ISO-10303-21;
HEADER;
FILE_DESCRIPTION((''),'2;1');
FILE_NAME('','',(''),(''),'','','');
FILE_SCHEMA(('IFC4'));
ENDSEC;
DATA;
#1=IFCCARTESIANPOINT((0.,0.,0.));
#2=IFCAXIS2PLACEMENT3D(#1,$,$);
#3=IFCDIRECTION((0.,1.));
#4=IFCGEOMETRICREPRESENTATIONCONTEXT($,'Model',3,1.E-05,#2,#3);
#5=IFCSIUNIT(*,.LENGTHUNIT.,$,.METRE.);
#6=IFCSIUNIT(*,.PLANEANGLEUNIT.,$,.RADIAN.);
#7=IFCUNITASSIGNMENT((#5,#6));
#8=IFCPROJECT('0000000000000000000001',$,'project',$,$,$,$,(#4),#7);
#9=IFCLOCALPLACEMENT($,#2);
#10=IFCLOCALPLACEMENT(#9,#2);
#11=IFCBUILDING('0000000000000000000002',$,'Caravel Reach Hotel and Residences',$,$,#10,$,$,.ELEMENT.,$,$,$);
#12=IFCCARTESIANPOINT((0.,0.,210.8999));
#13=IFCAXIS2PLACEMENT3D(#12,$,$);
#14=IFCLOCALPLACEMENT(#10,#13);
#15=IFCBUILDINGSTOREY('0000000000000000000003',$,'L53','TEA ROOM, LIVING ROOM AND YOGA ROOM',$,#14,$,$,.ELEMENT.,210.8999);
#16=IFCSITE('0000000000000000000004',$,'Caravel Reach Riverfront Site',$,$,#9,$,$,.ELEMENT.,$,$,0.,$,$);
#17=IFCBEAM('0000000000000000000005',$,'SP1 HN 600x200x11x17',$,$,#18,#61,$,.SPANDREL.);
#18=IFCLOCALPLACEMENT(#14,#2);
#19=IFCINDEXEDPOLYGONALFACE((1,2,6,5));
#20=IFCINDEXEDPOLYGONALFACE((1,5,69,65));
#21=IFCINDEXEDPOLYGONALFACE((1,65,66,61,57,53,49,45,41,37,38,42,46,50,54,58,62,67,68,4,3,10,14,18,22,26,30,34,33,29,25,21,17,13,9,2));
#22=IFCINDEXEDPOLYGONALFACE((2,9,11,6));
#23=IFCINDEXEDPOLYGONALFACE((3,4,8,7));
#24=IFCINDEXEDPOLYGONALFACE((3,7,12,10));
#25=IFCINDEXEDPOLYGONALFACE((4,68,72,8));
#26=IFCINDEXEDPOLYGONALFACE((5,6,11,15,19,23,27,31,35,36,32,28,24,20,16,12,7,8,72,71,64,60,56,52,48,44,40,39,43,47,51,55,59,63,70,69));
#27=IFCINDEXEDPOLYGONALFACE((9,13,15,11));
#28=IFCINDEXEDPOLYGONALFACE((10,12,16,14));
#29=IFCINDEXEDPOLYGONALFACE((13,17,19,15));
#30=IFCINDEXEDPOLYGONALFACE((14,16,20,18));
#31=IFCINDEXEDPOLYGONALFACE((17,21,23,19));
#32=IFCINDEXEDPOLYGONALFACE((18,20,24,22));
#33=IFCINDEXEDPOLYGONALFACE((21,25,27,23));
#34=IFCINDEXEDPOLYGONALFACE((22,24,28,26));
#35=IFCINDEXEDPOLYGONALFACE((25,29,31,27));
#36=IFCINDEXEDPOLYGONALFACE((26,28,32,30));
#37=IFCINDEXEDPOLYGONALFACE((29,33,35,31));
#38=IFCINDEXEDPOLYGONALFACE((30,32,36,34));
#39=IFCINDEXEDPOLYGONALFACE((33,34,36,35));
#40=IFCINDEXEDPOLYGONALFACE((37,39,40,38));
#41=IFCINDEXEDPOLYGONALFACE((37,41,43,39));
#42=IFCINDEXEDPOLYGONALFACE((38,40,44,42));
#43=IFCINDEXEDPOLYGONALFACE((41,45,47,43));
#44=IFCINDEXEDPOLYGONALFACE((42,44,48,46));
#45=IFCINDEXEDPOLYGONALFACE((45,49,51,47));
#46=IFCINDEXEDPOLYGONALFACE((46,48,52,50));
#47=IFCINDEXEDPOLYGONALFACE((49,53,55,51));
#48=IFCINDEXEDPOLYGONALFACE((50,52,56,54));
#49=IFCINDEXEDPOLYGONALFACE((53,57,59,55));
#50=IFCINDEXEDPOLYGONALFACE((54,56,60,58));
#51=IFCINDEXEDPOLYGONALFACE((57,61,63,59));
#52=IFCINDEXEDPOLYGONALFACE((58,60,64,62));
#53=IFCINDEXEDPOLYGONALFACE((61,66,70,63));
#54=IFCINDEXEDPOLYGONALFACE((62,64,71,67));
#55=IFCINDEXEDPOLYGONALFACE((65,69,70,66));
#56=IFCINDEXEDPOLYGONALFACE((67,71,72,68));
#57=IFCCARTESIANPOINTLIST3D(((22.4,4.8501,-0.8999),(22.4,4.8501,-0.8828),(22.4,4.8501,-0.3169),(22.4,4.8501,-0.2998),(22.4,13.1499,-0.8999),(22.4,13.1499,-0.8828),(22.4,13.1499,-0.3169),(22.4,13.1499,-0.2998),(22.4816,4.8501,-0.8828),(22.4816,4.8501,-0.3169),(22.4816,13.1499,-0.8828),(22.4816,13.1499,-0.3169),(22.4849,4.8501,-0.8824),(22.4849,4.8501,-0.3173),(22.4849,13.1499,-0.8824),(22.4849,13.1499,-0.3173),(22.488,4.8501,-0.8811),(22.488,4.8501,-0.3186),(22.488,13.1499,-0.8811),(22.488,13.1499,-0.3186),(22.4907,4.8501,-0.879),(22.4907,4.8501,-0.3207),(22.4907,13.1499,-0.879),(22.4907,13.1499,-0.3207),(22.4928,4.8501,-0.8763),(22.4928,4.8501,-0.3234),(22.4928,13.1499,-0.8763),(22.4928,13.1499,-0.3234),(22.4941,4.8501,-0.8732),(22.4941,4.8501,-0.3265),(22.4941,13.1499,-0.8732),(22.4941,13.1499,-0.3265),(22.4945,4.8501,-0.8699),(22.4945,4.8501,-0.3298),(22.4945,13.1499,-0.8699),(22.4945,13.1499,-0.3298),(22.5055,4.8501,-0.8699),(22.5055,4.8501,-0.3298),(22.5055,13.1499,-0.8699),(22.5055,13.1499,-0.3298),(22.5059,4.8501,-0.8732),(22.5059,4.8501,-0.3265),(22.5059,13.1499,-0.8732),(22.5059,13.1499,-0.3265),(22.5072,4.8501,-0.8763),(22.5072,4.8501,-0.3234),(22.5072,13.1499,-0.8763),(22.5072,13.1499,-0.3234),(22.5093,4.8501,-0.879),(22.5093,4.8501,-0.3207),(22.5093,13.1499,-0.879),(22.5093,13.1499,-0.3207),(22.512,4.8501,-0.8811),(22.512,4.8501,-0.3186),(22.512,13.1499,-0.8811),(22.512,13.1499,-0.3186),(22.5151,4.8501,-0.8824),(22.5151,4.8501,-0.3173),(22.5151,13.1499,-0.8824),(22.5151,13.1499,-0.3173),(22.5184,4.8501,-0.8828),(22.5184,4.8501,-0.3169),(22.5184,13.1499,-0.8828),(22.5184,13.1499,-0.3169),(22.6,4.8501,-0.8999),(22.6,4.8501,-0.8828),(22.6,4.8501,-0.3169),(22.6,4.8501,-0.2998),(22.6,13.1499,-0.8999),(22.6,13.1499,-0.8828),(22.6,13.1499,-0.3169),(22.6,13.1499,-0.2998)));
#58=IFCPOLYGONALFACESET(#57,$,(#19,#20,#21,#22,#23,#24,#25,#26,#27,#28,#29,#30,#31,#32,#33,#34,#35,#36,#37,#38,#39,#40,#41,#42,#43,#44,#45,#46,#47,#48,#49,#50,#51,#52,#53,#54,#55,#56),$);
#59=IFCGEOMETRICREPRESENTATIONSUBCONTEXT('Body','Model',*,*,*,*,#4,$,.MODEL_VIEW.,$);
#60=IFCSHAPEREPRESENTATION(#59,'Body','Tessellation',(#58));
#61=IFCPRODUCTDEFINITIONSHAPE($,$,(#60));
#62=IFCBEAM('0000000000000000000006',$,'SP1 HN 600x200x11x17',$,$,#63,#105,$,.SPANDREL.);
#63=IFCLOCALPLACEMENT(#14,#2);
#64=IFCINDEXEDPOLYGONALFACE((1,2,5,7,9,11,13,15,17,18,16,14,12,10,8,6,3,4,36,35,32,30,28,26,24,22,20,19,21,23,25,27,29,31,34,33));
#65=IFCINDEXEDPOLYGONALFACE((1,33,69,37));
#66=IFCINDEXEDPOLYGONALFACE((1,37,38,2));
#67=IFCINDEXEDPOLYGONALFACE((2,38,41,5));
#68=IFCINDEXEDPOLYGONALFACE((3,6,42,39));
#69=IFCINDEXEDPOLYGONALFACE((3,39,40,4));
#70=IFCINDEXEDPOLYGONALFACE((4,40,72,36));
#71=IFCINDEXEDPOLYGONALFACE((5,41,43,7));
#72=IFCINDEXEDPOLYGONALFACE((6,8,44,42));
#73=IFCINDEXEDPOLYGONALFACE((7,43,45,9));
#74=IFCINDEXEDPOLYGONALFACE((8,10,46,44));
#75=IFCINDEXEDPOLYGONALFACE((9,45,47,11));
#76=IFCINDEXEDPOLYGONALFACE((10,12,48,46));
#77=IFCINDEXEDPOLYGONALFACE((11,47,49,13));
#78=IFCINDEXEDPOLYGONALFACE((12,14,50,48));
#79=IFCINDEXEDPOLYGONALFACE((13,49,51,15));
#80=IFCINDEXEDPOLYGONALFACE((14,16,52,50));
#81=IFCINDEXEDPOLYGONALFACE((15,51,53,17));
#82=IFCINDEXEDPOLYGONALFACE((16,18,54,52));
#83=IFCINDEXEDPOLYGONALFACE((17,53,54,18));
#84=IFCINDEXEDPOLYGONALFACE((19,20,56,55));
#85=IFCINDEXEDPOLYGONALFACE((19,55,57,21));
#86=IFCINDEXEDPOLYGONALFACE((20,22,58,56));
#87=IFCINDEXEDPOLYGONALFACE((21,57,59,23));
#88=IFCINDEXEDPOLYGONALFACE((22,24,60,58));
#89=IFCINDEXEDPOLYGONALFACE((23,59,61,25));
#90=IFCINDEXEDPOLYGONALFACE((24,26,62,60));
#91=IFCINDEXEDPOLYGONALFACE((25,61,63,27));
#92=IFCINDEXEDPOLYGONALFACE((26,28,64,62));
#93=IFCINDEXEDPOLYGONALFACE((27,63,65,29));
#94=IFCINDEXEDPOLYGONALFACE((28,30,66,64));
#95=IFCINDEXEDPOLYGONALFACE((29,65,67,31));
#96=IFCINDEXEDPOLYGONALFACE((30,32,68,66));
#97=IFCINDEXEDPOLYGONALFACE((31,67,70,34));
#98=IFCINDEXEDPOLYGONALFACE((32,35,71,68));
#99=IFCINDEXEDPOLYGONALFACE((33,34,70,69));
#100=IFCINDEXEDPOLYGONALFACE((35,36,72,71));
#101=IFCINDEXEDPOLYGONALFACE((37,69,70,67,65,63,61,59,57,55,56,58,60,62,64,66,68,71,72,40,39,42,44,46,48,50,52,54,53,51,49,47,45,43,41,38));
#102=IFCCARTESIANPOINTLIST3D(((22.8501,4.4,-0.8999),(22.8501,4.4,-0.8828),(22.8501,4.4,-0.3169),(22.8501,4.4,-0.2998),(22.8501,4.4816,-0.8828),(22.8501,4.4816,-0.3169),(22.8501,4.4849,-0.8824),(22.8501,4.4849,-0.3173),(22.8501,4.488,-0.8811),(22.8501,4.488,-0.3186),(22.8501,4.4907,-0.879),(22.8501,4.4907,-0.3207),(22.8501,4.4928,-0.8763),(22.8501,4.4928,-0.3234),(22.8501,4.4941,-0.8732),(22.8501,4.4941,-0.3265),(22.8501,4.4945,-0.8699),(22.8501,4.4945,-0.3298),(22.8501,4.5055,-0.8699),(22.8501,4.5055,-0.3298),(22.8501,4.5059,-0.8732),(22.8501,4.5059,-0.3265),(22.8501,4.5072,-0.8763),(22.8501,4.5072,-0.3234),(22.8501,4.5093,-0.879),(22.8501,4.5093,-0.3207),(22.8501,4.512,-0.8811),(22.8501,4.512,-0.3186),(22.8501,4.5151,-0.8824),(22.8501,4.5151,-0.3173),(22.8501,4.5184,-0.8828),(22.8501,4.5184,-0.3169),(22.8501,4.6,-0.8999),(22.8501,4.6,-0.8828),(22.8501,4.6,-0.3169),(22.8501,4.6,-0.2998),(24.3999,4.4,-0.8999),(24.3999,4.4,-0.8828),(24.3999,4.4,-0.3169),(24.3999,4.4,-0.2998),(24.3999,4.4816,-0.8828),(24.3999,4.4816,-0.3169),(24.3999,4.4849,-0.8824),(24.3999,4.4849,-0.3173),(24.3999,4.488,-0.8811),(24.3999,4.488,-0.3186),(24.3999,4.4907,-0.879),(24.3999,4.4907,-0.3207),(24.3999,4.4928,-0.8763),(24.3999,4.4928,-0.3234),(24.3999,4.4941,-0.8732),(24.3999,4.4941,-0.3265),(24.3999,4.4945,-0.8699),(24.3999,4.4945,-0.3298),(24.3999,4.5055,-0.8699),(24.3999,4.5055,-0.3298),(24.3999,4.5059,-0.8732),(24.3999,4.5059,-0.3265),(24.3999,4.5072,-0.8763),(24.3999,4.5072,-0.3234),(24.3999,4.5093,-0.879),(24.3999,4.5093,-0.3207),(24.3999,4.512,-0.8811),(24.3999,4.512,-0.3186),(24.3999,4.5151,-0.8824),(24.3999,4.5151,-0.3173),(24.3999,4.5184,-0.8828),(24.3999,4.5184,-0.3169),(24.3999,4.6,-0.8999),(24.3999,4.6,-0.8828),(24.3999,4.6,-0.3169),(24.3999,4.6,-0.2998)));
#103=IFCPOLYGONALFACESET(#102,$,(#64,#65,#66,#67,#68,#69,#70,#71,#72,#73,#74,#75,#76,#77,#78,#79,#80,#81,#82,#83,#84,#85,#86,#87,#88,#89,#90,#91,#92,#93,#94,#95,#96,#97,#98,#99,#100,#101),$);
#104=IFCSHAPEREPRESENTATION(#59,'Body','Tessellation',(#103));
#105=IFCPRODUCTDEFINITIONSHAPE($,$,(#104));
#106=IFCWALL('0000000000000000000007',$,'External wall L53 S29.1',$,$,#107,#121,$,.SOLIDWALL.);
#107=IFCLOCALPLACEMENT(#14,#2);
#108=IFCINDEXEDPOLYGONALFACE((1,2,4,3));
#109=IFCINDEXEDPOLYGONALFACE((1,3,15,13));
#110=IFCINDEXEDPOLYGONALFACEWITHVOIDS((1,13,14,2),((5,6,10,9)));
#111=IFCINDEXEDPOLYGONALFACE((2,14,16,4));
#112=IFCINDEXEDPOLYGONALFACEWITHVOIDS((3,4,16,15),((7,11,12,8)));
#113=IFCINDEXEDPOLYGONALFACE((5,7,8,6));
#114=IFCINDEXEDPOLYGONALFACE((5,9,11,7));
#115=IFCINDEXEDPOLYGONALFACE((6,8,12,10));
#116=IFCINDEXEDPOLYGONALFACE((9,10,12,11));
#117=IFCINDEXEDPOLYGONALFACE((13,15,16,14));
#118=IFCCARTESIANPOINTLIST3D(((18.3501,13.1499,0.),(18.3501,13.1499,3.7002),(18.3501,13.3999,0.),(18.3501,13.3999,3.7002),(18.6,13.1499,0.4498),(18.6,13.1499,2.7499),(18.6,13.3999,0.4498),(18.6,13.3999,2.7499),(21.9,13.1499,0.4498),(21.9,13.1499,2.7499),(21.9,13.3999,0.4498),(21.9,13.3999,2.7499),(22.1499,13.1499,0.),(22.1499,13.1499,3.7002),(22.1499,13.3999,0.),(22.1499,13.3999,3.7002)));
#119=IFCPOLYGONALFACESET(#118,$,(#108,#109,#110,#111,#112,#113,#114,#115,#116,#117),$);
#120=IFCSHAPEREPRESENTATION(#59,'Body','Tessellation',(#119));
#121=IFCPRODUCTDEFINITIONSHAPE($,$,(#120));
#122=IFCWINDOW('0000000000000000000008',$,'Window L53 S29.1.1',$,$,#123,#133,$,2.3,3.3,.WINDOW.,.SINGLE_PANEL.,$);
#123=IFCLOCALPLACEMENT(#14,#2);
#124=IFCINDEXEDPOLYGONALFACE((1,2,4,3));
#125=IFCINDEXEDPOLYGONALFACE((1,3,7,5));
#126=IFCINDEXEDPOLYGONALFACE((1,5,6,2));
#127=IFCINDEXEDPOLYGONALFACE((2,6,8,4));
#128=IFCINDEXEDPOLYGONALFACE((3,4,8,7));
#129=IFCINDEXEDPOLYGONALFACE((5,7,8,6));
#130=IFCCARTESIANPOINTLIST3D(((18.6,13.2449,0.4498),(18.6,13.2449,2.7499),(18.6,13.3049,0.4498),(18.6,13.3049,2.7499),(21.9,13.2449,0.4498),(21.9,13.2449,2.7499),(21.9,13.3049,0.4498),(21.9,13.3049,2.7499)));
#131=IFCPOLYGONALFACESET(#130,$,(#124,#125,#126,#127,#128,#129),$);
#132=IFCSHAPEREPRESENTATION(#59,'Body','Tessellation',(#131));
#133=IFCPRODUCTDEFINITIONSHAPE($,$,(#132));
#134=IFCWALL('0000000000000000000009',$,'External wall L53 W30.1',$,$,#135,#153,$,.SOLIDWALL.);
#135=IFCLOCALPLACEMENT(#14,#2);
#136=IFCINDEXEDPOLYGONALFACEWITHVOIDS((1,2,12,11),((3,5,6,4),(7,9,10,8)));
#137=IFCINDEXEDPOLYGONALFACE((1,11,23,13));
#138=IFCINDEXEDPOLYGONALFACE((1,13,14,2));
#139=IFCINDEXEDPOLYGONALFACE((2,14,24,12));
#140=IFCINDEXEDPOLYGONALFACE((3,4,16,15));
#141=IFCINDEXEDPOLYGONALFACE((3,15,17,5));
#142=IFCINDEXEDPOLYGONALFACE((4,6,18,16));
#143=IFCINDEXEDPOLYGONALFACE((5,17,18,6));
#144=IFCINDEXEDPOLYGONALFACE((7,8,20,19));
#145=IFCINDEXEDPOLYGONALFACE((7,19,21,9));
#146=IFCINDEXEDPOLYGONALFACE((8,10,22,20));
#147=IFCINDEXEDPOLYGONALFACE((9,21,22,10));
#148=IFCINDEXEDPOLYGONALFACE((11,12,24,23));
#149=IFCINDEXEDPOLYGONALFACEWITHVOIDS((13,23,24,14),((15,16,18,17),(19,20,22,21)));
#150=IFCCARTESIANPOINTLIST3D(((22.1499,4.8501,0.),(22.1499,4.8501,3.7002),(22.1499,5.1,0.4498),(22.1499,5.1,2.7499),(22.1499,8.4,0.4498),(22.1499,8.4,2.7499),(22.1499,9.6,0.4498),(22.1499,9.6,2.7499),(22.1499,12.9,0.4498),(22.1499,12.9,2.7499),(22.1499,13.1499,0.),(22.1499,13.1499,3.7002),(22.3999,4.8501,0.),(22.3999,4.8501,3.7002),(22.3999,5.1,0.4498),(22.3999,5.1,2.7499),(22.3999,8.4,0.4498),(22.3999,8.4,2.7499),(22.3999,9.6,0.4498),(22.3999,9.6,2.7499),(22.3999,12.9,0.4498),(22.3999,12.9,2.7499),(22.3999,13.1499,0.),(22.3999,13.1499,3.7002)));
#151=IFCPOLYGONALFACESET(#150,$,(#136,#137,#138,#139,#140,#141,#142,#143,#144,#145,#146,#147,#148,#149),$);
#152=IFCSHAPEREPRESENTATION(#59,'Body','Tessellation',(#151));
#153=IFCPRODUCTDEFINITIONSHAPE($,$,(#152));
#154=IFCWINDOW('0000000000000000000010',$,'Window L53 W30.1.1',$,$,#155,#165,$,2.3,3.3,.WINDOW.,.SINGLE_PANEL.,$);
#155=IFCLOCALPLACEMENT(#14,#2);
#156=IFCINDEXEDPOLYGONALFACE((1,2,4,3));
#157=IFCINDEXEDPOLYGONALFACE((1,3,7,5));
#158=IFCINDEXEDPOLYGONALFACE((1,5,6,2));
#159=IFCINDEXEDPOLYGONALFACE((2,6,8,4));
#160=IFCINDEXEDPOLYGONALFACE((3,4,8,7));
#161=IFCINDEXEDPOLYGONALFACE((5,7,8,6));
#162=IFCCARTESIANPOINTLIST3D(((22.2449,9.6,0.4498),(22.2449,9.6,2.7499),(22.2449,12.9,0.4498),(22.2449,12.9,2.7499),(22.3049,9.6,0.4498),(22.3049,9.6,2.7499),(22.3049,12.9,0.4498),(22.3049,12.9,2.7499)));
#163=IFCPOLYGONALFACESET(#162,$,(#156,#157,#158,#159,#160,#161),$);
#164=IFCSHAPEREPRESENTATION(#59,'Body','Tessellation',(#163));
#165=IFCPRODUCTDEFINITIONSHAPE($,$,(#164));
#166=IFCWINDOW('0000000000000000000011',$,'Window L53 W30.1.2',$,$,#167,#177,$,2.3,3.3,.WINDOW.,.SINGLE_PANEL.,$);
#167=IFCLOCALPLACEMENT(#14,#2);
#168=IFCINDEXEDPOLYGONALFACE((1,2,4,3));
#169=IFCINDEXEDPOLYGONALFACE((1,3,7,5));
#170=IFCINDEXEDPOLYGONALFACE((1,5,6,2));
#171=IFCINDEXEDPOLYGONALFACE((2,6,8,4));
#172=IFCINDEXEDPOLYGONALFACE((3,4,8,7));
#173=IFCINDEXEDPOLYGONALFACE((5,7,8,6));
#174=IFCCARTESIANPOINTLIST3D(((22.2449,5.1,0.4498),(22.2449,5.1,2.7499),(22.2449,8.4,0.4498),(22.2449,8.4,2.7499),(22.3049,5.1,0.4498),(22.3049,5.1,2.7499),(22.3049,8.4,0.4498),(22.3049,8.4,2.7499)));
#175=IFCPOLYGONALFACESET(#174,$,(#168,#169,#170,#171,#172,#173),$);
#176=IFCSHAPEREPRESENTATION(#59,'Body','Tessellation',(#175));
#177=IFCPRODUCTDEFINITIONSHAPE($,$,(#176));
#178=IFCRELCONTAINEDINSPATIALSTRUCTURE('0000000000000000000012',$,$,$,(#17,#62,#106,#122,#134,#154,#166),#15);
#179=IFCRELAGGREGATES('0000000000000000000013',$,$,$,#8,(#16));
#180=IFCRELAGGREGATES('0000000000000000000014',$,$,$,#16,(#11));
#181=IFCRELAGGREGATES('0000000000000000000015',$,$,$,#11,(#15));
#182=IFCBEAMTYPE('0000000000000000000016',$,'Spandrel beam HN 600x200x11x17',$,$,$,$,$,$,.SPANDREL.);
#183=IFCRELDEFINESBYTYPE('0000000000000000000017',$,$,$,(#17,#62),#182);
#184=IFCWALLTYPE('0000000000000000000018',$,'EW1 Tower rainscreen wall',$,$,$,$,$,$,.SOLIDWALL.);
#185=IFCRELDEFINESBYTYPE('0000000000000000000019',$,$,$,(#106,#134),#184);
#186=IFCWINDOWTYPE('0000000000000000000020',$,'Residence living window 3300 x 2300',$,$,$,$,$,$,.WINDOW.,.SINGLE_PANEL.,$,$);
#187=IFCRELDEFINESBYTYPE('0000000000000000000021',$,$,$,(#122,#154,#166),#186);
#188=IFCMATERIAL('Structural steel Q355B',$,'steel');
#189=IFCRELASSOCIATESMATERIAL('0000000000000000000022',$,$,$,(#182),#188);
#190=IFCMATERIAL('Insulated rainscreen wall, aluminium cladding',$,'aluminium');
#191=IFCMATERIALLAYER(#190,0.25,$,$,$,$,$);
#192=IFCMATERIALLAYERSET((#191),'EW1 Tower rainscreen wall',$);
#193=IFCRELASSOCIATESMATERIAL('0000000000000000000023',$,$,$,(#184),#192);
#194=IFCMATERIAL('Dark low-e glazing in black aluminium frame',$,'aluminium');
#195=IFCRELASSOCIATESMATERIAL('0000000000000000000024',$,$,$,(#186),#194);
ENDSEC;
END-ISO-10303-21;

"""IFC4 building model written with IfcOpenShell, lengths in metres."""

from ifc_helpers import new_model, si_unit, direction, frame, frame_2d, origin, origin_2d, place, context, subcontext, project, spatial, rectangle, i_section, extrude, material, layer, layer_set, material_profile, profile_set, type_object, element, fill, save


model = new_model("IFC4")

# Units and contexts
model_context = context("Model", 3, precision=1e-05, world=origin(), true_north=direction((0.0, 1.0)))
body_context = subcontext(model_context, "Body", "Model", "MODEL_VIEW")
ifc_project = project(units=[si_unit("LENGTHUNIT", "METRE"), si_unit("PLANEANGLEUNIT", "RADIAN")], contexts=[model_context])

# Site, building, storey
site_placement = place(None, origin())
site = spatial("IfcSite", under=ifc_project, at=site_placement, Name="Caravel Reach Riverfront Site", CompositionType="ELEMENT", RefElevation=0.0)
building_placement = place(site_placement, origin())
building = spatial("IfcBuilding", under=site, at=building_placement, Name="Caravel Reach Hotel and Residences", CompositionType="ELEMENT")
storey_placement = place(building_placement, frame((0.0, 0.0, 210.8999)))
storey = spatial("IfcBuildingStorey", under=building, at=storey_placement, Name="L53", Description="TEA ROOM, LIVING ROOM AND YOGA ROOM", CompositionType="ELEMENT", Elevation=210.8999)

# Beams
ifc_material_1 = material(Name="Structural steel Q355B", Category="steel")
ifc_material_profile_1 = material_profile(ifc_material_1, i_section(OverallWidth=0.2, OverallDepth=0.6001, WebThickness=0.011, FlangeThickness=0.0171, FilletRadius=0.0129, at=origin_2d()), Name="HN 600x200x11x17")
ifc_profile_set_1 = profile_set([ifc_material_profile_1], Name="Structural steel Q355B")
beam_type_1 = type_object("IfcBeamType", Name="Spandrel beam HN 600x200x11x17", PredefinedType="SPANDREL", material=ifc_profile_set_1)
beam_1_placement = place(storey_placement, frame((22.5, 13.1499, -0.5999), z_axis=(0.0, -1.0, 0.0), x_axis=(1.0, 0.0, 0.0)))
element("IfcBeam", 1, at=beam_1_placement, inside=storey, type_object=beam_type_1, Name="SP1 HN 600x200x11x17", PredefinedType="SPANDREL", context=body_context, shape_type="SweptSolid", body=[
    extrude(i_section(OverallWidth=0.2, OverallDepth=0.6001, WebThickness=0.011, FlangeThickness=0.0171, FilletRadius=0.0129, at=origin_2d()), origin(), (0.0, 0.0, 1.0), 8.2998),
])
beam_2_placement = place(storey_placement, frame((22.8501, 4.5, -0.5999), z_axis=(1.0, 0.0, 0.0), x_axis=(0.0, 1.0, 0.0)))
element("IfcBeam", 2, at=beam_2_placement, inside=storey, type_object=beam_type_1, Name="SP1 HN 600x200x11x17", PredefinedType="SPANDREL", context=body_context, shape_type="SweptSolid", body=[
    extrude(i_section(OverallWidth=0.2, OverallDepth=0.6001, WebThickness=0.011, FlangeThickness=0.0171, FilletRadius=0.0129, at=origin_2d()), origin(), (0.0, 0.0, 1.0), 1.5498),
])

# Wall, opening, window
ifc_material_2 = material(Name="Insulated rainscreen wall, aluminium cladding", Category="aluminium")
ifc_layer_1 = layer(ifc_material_2, 0.25)
ifc_layer_set_1 = layer_set([ifc_layer_1], Name="EW1 Tower rainscreen wall")
wall_type_1 = type_object("IfcWallType", Name="EW1 Tower rainscreen wall", PredefinedType="SOLIDWALL", material=ifc_layer_set_1)
wall_1_placement = place(storey_placement, frame((18.3501, 13.2749, 0.0), z_axis=(0.0, 0.0, 1.0), x_axis=(1.0, 0.0, 0.0)))
wall_1 = element("IfcWall", 3, at=wall_1_placement, inside=storey, type_object=wall_type_1, Name="External wall L53 S29.1", PredefinedType="SOLIDWALL", context=body_context, shape_type="SweptSolid", body=[
    extrude(rectangle(XDim=3.7998, YDim=0.25, at=frame_2d((1.8999, 0.0))), origin(), (0.0, 0.0, 1.0), 3.7002),
])
opening_1_placement = place(wall_1_placement, frame((0.25, 0.0, 0.45)))
opening_1 = element("IfcOpeningElement", 4, at=opening_1_placement, cuts=wall_1, PredefinedType="OPENING", context=body_context, shape_type="SweptSolid", body=[
    extrude(rectangle(XDim=3.3, YDim=2.3, at=frame_2d((1.6499, 1.1499))), frame((0.0, 0.135, 0.0), z_axis=(0.0, -1.0, 0.0), x_axis=(1.0, 0.0, 0.0)), (0.0, 0.0, 1.0), 0.27),
])
ifc_material_3 = material(Name="Dark low-e glazing in black aluminium frame", Category="aluminium")
window_type_1 = type_object("IfcWindowType", Name="Residence living window 3300 x 2300", PartitioningType="SINGLE_PANEL", PredefinedType="WINDOW", material=ifc_material_3)
window_1_placement = place(opening_1_placement, origin())
window_1 = element("IfcWindow", 5, at=window_1_placement, inside=storey, type_object=window_type_1, Name="Window L53 S29.1.1", OverallHeight=2.3, OverallWidth=3.3, PartitioningType="SINGLE_PANEL", PredefinedType="WINDOW", context=body_context, shape_type="SweptSolid", body=[
    extrude(rectangle(XDim=3.3, YDim=2.3, at=frame_2d((1.6499, 1.1499))), frame((0.0, 0.03, 0.0), z_axis=(0.0, -1.0, 0.0), x_axis=(1.0, 0.0, 0.0)), (0.0, 0.0, 1.0), 0.0601),
])
fill(opening_1, window_1)

# Wall, openings, windows
wall_2_placement = place(storey_placement, frame((22.2749, 13.1499, 0.0), z_axis=(0.0, 0.0, 1.0), x_axis=(0.0, -1.0, 0.0)))
wall_2 = element("IfcWall", 6, at=wall_2_placement, inside=storey, type_object=wall_type_1, Name="External wall L53 W30.1", PredefinedType="SOLIDWALL", context=body_context, shape_type="SweptSolid", body=[
    extrude(rectangle(XDim=8.2998, YDim=0.25, at=frame_2d((4.1499, 0.0))), origin(), (0.0, 0.0, 1.0), 3.7002),
])
opening_2_placement = place(wall_2_placement, frame((0.25, 0.0, 0.45)))
opening_2 = element("IfcOpeningElement", 7, at=opening_2_placement, cuts=wall_2, PredefinedType="OPENING", context=body_context, shape_type="SweptSolid", body=[
    extrude(rectangle(XDim=3.3, YDim=2.3, at=frame_2d((1.6499, 1.1499))), frame((0.0, 0.135, 0.0), z_axis=(0.0, -1.0, 0.0), x_axis=(1.0, 0.0, 0.0)), (0.0, 0.0, 1.0), 0.27),
])
opening_3_placement = place(wall_2_placement, frame((4.75, 0.0, 0.45)))
opening_3 = element("IfcOpeningElement", 8, at=opening_3_placement, cuts=wall_2, PredefinedType="OPENING", context=body_context, shape_type="SweptSolid", body=[
    extrude(rectangle(XDim=3.3, YDim=2.3, at=frame_2d((1.6499, 1.1499))), frame((0.0, 0.135, 0.0), z_axis=(0.0, -1.0, 0.0), x_axis=(1.0, 0.0, 0.0)), (0.0, 0.0, 1.0), 0.27),
])
window_2_placement = place(opening_2_placement, origin())
window_2 = element("IfcWindow", 9, at=window_2_placement, inside=storey, type_object=window_type_1, Name="Window L53 W30.1.1", OverallHeight=2.3, OverallWidth=3.3, PartitioningType="SINGLE_PANEL", PredefinedType="WINDOW", context=body_context, shape_type="SweptSolid", body=[
    extrude(rectangle(XDim=3.3, YDim=2.3, at=frame_2d((1.6499, 1.1499))), frame((0.0, 0.03, 0.0), z_axis=(0.0, -1.0, 0.0), x_axis=(1.0, 0.0, 0.0)), (0.0, 0.0, 1.0), 0.0601),
])
fill(opening_2, window_2)
window_3_placement = place(opening_3_placement, origin())
window_3 = element("IfcWindow", 10, at=window_3_placement, inside=storey, type_object=window_type_1, Name="Window L53 W30.1.2", OverallHeight=2.3, OverallWidth=3.3, PartitioningType="SINGLE_PANEL", PredefinedType="WINDOW", context=body_context, shape_type="SweptSolid", body=[
    extrude(rectangle(XDim=3.3, YDim=2.3, at=frame_2d((1.6499, 1.1499))), frame((0.0, 0.03, 0.0), z_axis=(0.0, -1.0, 0.0), x_axis=(1.0, 0.0, 0.0)), (0.0, 0.0, 1.0), 0.0601),
])
fill(opening_3, window_3)

save(model, "model.ifc")
